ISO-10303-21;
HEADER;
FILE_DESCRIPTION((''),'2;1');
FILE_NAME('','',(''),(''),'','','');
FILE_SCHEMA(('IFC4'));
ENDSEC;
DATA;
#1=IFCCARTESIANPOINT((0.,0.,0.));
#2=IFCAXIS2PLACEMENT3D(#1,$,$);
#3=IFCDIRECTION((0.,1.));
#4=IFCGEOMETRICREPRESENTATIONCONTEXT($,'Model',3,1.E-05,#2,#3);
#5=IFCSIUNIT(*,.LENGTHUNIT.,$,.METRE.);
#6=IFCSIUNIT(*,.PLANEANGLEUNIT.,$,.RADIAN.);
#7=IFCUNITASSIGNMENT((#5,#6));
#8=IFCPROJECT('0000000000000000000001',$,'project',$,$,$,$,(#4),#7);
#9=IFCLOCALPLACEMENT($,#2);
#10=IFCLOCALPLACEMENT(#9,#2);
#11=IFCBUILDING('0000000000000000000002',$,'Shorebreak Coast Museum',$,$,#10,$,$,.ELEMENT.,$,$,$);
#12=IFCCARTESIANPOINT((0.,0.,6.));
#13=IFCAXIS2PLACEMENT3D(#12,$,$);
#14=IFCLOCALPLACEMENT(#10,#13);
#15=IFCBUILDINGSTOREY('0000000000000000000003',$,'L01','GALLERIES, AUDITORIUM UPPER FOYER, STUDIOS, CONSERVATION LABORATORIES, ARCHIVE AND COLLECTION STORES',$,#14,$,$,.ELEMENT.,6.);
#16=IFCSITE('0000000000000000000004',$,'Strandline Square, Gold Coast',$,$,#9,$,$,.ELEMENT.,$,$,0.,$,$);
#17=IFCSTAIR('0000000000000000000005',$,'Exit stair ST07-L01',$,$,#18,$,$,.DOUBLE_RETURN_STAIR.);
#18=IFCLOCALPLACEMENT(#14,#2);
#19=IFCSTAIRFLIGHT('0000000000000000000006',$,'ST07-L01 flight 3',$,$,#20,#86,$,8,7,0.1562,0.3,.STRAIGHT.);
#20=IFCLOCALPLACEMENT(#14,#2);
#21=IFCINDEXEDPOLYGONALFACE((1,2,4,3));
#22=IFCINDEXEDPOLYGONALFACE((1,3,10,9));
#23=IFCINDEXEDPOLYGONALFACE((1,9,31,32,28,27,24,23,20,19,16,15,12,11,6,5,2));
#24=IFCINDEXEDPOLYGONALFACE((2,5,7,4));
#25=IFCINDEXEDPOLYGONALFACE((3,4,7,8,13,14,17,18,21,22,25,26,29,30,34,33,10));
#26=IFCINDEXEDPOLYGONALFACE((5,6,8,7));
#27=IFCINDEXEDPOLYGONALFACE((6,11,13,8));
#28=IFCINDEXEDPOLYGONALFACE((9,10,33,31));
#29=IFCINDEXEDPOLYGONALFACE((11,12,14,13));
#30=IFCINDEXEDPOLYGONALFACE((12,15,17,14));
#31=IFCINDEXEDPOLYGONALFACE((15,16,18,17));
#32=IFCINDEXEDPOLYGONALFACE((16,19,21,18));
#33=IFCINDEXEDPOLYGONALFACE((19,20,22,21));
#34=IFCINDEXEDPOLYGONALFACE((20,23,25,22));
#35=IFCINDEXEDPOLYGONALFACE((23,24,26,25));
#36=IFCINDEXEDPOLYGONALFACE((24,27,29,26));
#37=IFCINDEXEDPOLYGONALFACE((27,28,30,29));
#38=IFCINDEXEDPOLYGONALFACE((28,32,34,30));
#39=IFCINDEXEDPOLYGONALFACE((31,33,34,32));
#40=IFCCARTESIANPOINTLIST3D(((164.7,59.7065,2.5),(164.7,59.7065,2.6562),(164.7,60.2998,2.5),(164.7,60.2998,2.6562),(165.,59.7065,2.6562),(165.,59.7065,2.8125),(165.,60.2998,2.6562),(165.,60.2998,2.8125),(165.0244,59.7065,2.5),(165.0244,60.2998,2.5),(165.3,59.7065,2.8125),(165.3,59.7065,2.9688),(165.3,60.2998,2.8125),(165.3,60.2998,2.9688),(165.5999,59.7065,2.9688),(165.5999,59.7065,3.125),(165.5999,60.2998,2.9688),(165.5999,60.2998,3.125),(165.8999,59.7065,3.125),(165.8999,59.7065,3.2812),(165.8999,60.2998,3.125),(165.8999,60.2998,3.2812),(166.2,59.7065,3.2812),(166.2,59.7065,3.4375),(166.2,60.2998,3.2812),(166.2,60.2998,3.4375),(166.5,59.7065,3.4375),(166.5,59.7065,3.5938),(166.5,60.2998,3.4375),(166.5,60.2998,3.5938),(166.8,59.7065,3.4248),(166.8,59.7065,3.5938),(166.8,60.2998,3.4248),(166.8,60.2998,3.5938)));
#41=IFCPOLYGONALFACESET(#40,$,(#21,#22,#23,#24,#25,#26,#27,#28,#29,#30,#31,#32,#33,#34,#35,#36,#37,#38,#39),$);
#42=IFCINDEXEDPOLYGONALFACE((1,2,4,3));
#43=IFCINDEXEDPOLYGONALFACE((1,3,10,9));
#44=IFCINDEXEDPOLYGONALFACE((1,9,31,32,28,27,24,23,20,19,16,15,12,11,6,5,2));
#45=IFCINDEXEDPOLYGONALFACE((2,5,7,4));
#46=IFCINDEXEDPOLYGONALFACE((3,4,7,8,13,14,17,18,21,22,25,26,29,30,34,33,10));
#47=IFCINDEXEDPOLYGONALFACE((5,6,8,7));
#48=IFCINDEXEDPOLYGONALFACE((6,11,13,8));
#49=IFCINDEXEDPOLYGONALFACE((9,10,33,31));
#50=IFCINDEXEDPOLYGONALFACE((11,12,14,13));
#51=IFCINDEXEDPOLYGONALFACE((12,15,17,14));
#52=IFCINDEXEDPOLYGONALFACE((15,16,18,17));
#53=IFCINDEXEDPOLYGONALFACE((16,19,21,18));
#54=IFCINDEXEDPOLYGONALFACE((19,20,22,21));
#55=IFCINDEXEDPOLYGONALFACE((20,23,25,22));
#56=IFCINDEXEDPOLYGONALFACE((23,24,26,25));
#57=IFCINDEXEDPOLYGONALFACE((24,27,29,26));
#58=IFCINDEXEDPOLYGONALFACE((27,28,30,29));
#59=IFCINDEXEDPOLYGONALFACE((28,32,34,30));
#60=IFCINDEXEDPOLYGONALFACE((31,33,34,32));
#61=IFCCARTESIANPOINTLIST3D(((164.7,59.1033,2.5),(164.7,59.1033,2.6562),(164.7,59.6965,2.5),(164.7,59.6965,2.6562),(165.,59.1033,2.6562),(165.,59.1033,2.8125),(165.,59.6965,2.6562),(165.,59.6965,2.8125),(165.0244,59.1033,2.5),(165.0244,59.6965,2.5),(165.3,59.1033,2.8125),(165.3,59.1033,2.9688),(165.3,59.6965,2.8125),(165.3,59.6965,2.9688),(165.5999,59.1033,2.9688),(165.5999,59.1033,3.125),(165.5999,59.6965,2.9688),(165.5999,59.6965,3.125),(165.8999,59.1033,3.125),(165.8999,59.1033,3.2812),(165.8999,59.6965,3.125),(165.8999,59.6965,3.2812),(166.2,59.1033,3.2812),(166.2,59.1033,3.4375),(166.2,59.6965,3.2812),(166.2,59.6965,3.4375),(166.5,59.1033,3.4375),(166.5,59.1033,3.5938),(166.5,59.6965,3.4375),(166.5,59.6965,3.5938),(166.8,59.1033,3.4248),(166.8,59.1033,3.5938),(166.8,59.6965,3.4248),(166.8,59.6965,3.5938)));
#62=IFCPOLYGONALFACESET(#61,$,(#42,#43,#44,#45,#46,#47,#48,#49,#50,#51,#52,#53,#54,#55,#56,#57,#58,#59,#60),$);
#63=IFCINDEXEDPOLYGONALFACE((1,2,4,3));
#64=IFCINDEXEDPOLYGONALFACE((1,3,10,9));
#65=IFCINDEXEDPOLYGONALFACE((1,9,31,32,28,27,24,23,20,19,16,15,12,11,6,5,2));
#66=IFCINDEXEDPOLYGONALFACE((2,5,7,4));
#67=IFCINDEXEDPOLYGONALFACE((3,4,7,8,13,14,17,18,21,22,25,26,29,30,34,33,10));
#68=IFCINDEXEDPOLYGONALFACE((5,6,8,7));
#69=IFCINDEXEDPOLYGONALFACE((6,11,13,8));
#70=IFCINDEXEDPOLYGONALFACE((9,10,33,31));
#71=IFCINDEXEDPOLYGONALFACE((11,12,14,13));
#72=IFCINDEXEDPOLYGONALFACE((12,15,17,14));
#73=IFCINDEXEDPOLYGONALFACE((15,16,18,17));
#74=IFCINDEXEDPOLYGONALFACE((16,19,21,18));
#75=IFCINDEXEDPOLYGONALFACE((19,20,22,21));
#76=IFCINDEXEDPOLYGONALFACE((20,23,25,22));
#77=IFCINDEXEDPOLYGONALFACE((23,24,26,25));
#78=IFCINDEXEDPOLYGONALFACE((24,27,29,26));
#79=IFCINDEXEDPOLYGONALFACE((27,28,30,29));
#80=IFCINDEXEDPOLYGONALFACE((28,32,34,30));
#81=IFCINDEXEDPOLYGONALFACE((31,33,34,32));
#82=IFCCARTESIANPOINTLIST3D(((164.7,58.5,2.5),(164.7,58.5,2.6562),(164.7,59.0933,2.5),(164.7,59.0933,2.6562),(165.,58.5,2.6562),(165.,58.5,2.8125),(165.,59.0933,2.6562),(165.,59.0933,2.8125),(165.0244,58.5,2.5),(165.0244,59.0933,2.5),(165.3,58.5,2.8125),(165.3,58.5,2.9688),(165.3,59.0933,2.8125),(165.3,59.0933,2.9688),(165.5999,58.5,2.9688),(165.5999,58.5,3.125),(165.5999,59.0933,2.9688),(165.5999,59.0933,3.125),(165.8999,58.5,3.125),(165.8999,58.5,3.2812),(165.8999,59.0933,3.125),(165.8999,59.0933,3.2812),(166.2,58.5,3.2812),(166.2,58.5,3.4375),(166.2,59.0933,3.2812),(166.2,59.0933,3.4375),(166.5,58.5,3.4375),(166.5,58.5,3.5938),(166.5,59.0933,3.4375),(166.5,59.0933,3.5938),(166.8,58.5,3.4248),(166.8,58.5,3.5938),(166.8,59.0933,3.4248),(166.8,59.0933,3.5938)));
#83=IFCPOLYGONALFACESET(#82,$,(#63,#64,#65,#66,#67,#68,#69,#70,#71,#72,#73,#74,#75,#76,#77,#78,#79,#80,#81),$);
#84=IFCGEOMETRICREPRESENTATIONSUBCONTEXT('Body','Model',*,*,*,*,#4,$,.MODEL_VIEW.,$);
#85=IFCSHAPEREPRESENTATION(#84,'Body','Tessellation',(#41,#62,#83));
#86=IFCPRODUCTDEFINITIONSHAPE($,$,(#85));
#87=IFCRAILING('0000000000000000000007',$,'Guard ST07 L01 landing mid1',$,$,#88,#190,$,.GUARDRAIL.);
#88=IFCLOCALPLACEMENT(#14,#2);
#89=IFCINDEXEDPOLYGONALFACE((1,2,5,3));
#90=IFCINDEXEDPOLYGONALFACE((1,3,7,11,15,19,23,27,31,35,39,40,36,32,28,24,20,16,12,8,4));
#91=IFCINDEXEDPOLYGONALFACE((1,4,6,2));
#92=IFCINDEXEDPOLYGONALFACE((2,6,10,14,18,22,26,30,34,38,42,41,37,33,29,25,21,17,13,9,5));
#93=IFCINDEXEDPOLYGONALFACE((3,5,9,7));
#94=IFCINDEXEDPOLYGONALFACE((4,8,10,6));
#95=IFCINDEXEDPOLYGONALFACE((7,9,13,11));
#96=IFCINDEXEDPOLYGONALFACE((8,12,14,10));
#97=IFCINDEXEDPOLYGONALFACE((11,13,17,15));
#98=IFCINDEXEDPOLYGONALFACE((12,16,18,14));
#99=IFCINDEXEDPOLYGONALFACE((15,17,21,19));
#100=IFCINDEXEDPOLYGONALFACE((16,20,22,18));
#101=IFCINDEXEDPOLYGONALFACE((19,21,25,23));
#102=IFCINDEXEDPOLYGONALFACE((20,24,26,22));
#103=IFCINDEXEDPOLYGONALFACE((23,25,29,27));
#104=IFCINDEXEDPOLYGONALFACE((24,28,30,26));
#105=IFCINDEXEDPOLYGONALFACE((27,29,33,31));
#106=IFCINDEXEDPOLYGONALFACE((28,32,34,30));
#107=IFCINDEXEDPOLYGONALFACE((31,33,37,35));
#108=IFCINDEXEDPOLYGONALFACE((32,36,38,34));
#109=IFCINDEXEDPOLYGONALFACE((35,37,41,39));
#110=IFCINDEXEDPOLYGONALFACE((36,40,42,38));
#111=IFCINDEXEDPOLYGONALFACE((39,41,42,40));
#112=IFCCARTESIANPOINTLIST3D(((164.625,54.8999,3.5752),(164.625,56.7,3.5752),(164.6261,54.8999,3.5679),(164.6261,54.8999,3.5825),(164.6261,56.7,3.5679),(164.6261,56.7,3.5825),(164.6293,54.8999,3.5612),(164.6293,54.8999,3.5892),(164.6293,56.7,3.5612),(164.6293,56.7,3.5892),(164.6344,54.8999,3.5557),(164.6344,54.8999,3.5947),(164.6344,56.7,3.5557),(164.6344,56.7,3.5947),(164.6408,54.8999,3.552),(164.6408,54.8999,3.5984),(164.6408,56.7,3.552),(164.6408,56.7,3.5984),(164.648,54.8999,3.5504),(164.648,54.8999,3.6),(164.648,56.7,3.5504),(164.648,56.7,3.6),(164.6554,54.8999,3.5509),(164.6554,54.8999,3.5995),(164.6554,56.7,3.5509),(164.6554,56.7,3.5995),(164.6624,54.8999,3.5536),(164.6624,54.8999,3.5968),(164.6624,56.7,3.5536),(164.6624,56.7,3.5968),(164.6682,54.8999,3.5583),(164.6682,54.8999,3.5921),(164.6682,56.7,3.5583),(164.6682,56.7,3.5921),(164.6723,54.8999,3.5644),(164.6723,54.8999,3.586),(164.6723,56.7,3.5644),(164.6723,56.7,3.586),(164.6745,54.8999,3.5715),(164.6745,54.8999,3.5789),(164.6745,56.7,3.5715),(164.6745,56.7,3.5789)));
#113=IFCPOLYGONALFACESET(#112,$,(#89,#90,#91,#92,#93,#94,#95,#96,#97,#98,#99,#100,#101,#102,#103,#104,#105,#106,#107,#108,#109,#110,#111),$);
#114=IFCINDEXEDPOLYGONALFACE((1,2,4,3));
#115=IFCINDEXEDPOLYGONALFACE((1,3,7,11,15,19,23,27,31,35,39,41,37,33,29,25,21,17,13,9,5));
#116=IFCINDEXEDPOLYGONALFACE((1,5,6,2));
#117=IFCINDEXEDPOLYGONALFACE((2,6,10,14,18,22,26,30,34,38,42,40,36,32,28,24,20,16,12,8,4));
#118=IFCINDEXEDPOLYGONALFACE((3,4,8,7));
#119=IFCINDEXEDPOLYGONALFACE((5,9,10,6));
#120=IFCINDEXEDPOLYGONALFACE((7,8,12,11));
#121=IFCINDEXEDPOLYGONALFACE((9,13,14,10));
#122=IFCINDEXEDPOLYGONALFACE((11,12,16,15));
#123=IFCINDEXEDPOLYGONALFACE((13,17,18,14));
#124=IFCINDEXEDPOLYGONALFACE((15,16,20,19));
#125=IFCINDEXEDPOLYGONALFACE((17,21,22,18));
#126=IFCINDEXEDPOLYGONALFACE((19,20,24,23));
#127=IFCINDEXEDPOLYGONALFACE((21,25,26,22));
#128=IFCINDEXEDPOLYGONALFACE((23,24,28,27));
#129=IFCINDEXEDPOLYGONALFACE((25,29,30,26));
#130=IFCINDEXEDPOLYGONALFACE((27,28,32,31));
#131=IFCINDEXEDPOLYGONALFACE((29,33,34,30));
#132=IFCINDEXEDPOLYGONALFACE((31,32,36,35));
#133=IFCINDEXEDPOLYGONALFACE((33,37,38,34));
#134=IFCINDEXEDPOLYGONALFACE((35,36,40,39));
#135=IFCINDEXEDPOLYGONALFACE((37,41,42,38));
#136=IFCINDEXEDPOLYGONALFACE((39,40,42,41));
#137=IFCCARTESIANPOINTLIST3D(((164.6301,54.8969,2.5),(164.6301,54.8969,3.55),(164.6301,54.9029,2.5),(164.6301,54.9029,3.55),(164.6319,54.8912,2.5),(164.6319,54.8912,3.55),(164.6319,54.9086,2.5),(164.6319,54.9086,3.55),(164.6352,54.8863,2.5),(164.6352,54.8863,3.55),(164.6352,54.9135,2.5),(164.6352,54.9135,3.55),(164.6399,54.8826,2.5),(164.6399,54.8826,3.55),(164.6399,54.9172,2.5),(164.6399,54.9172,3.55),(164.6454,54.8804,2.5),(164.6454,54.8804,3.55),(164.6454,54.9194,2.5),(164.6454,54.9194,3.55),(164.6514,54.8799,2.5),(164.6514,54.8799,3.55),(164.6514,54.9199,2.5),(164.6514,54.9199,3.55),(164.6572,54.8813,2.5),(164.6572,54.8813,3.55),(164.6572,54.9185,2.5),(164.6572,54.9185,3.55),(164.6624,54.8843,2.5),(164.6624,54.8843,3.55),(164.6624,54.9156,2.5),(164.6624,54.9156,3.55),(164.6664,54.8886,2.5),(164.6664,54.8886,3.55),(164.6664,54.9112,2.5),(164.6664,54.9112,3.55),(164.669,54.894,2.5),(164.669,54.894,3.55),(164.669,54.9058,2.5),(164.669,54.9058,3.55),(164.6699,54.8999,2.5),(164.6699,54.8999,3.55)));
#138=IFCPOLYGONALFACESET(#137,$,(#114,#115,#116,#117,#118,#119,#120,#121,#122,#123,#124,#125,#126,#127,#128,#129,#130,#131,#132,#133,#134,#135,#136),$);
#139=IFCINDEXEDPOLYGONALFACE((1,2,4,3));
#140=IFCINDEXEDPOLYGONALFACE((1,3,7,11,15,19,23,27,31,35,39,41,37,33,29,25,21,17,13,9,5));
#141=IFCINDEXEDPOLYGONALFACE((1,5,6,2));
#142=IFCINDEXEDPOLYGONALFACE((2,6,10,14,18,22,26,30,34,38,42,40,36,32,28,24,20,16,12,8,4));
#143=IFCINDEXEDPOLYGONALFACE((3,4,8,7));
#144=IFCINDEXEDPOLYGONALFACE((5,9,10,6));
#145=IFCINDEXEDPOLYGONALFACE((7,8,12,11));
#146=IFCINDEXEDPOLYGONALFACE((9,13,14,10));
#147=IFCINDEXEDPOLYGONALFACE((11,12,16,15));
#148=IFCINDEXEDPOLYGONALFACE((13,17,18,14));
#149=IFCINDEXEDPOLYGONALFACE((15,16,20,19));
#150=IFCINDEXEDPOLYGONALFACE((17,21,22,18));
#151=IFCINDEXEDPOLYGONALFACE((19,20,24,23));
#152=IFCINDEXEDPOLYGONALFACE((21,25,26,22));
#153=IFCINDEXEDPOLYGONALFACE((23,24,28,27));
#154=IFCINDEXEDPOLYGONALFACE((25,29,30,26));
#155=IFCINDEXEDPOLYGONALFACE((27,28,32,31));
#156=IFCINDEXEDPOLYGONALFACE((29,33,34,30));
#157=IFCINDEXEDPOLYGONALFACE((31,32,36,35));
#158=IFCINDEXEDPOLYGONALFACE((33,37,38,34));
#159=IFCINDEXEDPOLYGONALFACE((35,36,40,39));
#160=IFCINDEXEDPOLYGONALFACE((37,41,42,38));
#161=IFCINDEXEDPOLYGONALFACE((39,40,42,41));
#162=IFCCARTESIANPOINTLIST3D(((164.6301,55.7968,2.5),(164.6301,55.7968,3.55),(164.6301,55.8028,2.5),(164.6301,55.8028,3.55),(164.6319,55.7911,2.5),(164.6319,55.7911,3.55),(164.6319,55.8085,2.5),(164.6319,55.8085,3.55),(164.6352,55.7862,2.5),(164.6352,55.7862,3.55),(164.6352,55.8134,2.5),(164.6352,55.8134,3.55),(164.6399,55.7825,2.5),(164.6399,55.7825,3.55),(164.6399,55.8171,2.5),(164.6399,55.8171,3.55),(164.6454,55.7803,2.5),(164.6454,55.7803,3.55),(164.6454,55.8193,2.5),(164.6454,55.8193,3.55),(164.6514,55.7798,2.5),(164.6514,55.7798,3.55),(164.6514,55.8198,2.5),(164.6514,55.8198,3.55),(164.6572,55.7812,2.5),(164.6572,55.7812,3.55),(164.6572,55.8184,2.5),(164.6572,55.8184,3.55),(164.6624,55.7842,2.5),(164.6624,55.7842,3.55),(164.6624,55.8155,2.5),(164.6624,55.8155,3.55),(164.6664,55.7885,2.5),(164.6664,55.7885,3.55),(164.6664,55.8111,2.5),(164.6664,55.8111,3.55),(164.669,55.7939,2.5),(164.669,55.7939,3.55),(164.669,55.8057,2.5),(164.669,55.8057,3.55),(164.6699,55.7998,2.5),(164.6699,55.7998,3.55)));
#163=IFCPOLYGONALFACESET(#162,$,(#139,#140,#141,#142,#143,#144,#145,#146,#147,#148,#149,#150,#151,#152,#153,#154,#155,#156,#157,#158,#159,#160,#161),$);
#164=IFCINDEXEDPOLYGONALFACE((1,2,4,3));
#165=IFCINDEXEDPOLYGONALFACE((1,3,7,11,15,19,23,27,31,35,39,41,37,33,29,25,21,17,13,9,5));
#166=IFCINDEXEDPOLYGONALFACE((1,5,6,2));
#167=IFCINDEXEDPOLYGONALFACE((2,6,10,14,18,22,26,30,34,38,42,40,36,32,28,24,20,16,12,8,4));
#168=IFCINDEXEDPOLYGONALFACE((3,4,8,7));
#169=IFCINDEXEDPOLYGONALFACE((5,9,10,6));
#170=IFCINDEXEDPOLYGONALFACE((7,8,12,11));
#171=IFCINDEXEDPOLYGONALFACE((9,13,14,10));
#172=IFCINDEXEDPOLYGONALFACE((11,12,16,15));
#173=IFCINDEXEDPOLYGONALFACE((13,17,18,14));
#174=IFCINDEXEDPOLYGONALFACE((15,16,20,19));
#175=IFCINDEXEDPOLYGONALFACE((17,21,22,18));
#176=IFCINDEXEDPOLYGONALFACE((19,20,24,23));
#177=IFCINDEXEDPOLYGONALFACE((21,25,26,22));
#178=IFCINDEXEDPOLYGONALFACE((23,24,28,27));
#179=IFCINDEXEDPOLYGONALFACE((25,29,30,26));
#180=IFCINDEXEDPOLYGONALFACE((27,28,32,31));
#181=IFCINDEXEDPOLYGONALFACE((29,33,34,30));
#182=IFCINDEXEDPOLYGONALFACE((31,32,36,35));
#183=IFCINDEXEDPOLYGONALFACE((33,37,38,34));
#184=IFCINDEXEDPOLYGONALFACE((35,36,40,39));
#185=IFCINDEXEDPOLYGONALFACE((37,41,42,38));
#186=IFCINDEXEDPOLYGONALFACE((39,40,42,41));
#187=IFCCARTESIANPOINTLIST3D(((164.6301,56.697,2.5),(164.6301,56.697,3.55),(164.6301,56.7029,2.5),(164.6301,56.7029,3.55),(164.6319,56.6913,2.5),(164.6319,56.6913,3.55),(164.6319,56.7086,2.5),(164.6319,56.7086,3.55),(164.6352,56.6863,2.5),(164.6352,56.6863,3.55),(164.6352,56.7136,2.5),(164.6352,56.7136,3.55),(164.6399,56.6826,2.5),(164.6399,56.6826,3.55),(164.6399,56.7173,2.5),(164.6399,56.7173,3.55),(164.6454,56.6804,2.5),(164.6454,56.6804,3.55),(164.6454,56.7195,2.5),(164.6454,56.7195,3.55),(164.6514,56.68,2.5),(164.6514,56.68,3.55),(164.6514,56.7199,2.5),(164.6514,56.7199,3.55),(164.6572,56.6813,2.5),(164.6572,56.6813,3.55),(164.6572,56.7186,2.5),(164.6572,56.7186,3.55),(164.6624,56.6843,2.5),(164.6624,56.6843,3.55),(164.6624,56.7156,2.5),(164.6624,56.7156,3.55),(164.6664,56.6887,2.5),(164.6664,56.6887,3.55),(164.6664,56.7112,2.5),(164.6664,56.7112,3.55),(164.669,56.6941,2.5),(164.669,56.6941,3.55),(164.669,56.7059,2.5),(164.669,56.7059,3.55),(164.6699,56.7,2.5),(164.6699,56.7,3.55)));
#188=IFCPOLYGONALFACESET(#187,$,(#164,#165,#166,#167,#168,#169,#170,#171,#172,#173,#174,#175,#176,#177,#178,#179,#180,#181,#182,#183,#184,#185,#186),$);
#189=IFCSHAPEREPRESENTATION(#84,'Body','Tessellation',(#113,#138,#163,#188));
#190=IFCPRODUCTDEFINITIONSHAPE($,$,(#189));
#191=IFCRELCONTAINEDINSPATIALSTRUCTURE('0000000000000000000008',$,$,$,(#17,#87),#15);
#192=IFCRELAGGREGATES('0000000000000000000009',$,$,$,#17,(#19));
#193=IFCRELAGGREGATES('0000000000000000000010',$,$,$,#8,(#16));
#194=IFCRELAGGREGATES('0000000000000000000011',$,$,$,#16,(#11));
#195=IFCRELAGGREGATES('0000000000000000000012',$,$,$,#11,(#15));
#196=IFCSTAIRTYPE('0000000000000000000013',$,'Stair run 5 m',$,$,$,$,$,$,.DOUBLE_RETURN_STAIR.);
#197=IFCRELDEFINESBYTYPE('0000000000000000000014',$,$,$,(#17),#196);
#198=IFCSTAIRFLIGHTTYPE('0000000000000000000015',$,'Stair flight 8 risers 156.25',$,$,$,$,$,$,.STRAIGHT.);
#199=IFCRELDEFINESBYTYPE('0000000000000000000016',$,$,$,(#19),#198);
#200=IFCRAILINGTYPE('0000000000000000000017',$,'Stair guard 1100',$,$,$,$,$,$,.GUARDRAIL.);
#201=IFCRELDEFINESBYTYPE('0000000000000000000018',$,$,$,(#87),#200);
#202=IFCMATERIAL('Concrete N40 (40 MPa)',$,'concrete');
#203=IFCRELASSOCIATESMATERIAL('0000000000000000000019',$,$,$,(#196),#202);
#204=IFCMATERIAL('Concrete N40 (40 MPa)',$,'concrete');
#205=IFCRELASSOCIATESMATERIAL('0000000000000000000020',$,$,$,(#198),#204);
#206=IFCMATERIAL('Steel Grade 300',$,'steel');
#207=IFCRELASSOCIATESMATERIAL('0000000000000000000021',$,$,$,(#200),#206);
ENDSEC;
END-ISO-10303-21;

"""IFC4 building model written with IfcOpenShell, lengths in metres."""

from ifc_helpers import new_model, si_unit, direction, frame, origin, origin_2d, place, context, subcontext, project, spatial, polyline, circle, outline, extrude, material, type_object, element, aggregate, save


model = new_model("IFC4")

# Units and contexts
model_context = context("Model", 3, precision=1e-05, world=origin(), true_north=direction((0.0, 1.0)))
body_context = subcontext(model_context, "Body", "Model", "MODEL_VIEW")
ifc_project = project(units=[si_unit("LENGTHUNIT", "METRE"), si_unit("PLANEANGLEUNIT", "RADIAN")], contexts=[model_context])

# Site, building, storey
site_placement = place(None, origin())
site = spatial("IfcSite", under=ifc_project, at=site_placement, Name="Strandline Square, Gold Coast", CompositionType="ELEMENT", RefElevation=0.0)
building_placement = place(site_placement, origin())
building = spatial("IfcBuilding", under=site, at=building_placement, Name="Shorebreak Coast Museum", CompositionType="ELEMENT")
storey_placement = place(building_placement, frame((0.0, 0.0, 6.0)))
storey = spatial("IfcBuildingStorey", under=building, at=storey_placement, Name="L01", Description="GALLERIES, AUDITORIUM UPPER FOYER, STUDIOS, CONSERVATION LABORATORIES, ARCHIVE AND COLLECTION STORES", CompositionType="ELEMENT", Elevation=6.0)

# Stair, stair flight
ifc_material_1 = material(Name="Concrete N40 (40 MPa)", Category="concrete")
stair_type = type_object("IfcStairType", Name="Stair run 5 m", PredefinedType="DOUBLE_RETURN_STAIR", material=ifc_material_1)
stair_placement = place(storey_placement, origin())
stair = element("IfcStair", 1, at=stair_placement, inside=storey, type_object=stair_type, Name="Exit stair ST07-L01", PredefinedType="DOUBLE_RETURN_STAIR")
ifc_material_2 = material(Name="Concrete N40 (40 MPa)", Category="concrete")
stair_flight_type = type_object("IfcStairFlightType", Name="Stair flight 8 risers 156.25", PredefinedType="STRAIGHT", material=ifc_material_2)
stair_flight_1_placement = place(storey_placement, frame((164.7, 59.3999, 2.5), z_axis=(0.0, 0.0, 1.0), x_axis=(1.0, 0.0, 0.0)))
stair_flight_1 = element("IfcStairFlight", 2, at=stair_flight_1_placement, type_object=stair_flight_type, Name="ST07-L01 flight 3", NumberOfRisers=8, NumberOfTreads=7, PredefinedType="STRAIGHT", RiserHeight=0.1562, TreadLength=0.3, context=body_context, shape_type="SweptSolid", body=[
    extrude(outline(polyline([(0.0, 0.0), (0.0, 0.1562), (0.3, 0.1562), (0.3, 0.3125), (0.6001, 0.3125), (0.6001, 0.4688), (0.8999, 0.4688), (0.8999, 0.625), (1.2, 0.625), (1.2, 0.7812), (1.5, 0.7812), (1.5, 0.9375), (1.8, 0.9375), (1.8, 1.0938), (2.1001, 1.0938), (2.1001, 1.25), (2.1001, 0.9248), (0.3245, 0.0), (0.0, 0.0)])), frame((0.0, 0.8999, 0.0), z_axis=(0.0, -1.0, 0.0), x_axis=(1.0, 0.0, 0.0)), (0.0, 0.0, 1.0), 0.5933),
    extrude(outline(polyline([(0.0, 0.0), (0.0, 0.1562), (0.3, 0.1562), (0.3, 0.3125), (0.6001, 0.3125), (0.6001, 0.4688), (0.8999, 0.4688), (0.8999, 0.625), (1.2, 0.625), (1.2, 0.7812), (1.5, 0.7812), (1.5, 0.9375), (1.8, 0.9375), (1.8, 1.0938), (2.1001, 1.0938), (2.1001, 1.25), (2.1001, 0.9248), (0.3245, 0.0), (0.0, 0.0)])), frame((0.0, 0.2966, 0.0), z_axis=(0.0, -1.0, 0.0), x_axis=(1.0, 0.0, 0.0)), (0.0, 0.0, 1.0), 0.5933),
    extrude(outline(polyline([(0.0, 0.0), (0.0, 0.1562), (0.3, 0.1562), (0.3, 0.3125), (0.6001, 0.3125), (0.6001, 0.4688), (0.8999, 0.4688), (0.8999, 0.625), (1.2, 0.625), (1.2, 0.7812), (1.5, 0.7812), (1.5, 0.9375), (1.8, 0.9375), (1.8, 1.0938), (2.1001, 1.0938), (2.1001, 1.25), (2.1001, 0.9248), (0.3245, 0.0), (0.0, 0.0)])), frame((0.0, -0.3066, 0.0), z_axis=(0.0, -1.0, 0.0), x_axis=(1.0, 0.0, 0.0)), (0.0, 0.0, 1.0), 0.5933),
])
aggregate(stair, [stair_flight_1])

# Railing
ifc_material_3 = material(Name="Steel Grade 300", Category="steel")
railing_type_1 = type_object("IfcRailingType", Name="Stair guard 1100", PredefinedType="GUARDRAIL", material=ifc_material_3)
railing_1_placement = place(storey_placement, frame((164.6499, 54.8999, 2.5)))
element("IfcRailing", 3, at=railing_1_placement, inside=storey, type_object=railing_type_1, Name="Guard ST07 L01 landing mid1", PredefinedType="GUARDRAIL", context=body_context, shape_type="SweptSolid", body=[
    extrude(circle(Radius=0.0249, at=origin_2d()), frame((0.0, 0.0, 1.0752), z_axis=(0.0, 1.0, 0.0), x_axis=(-1.0, 0.0, 0.0)), (0.0, 0.0, 1.0), 1.8),
    extrude(circle(Radius=0.02, at=origin_2d()), origin(), (0.0, 0.0, 1.0), 1.05),
    extrude(circle(Radius=0.02, at=origin_2d()), frame((0.0, 0.8999, 0.0)), (0.0, 0.0, 1.0), 1.05),
    extrude(circle(Radius=0.02, at=origin_2d()), frame((0.0, 1.8, 0.0)), (0.0, 0.0, 1.0), 1.05),
])

save(model, "model.ifc")
